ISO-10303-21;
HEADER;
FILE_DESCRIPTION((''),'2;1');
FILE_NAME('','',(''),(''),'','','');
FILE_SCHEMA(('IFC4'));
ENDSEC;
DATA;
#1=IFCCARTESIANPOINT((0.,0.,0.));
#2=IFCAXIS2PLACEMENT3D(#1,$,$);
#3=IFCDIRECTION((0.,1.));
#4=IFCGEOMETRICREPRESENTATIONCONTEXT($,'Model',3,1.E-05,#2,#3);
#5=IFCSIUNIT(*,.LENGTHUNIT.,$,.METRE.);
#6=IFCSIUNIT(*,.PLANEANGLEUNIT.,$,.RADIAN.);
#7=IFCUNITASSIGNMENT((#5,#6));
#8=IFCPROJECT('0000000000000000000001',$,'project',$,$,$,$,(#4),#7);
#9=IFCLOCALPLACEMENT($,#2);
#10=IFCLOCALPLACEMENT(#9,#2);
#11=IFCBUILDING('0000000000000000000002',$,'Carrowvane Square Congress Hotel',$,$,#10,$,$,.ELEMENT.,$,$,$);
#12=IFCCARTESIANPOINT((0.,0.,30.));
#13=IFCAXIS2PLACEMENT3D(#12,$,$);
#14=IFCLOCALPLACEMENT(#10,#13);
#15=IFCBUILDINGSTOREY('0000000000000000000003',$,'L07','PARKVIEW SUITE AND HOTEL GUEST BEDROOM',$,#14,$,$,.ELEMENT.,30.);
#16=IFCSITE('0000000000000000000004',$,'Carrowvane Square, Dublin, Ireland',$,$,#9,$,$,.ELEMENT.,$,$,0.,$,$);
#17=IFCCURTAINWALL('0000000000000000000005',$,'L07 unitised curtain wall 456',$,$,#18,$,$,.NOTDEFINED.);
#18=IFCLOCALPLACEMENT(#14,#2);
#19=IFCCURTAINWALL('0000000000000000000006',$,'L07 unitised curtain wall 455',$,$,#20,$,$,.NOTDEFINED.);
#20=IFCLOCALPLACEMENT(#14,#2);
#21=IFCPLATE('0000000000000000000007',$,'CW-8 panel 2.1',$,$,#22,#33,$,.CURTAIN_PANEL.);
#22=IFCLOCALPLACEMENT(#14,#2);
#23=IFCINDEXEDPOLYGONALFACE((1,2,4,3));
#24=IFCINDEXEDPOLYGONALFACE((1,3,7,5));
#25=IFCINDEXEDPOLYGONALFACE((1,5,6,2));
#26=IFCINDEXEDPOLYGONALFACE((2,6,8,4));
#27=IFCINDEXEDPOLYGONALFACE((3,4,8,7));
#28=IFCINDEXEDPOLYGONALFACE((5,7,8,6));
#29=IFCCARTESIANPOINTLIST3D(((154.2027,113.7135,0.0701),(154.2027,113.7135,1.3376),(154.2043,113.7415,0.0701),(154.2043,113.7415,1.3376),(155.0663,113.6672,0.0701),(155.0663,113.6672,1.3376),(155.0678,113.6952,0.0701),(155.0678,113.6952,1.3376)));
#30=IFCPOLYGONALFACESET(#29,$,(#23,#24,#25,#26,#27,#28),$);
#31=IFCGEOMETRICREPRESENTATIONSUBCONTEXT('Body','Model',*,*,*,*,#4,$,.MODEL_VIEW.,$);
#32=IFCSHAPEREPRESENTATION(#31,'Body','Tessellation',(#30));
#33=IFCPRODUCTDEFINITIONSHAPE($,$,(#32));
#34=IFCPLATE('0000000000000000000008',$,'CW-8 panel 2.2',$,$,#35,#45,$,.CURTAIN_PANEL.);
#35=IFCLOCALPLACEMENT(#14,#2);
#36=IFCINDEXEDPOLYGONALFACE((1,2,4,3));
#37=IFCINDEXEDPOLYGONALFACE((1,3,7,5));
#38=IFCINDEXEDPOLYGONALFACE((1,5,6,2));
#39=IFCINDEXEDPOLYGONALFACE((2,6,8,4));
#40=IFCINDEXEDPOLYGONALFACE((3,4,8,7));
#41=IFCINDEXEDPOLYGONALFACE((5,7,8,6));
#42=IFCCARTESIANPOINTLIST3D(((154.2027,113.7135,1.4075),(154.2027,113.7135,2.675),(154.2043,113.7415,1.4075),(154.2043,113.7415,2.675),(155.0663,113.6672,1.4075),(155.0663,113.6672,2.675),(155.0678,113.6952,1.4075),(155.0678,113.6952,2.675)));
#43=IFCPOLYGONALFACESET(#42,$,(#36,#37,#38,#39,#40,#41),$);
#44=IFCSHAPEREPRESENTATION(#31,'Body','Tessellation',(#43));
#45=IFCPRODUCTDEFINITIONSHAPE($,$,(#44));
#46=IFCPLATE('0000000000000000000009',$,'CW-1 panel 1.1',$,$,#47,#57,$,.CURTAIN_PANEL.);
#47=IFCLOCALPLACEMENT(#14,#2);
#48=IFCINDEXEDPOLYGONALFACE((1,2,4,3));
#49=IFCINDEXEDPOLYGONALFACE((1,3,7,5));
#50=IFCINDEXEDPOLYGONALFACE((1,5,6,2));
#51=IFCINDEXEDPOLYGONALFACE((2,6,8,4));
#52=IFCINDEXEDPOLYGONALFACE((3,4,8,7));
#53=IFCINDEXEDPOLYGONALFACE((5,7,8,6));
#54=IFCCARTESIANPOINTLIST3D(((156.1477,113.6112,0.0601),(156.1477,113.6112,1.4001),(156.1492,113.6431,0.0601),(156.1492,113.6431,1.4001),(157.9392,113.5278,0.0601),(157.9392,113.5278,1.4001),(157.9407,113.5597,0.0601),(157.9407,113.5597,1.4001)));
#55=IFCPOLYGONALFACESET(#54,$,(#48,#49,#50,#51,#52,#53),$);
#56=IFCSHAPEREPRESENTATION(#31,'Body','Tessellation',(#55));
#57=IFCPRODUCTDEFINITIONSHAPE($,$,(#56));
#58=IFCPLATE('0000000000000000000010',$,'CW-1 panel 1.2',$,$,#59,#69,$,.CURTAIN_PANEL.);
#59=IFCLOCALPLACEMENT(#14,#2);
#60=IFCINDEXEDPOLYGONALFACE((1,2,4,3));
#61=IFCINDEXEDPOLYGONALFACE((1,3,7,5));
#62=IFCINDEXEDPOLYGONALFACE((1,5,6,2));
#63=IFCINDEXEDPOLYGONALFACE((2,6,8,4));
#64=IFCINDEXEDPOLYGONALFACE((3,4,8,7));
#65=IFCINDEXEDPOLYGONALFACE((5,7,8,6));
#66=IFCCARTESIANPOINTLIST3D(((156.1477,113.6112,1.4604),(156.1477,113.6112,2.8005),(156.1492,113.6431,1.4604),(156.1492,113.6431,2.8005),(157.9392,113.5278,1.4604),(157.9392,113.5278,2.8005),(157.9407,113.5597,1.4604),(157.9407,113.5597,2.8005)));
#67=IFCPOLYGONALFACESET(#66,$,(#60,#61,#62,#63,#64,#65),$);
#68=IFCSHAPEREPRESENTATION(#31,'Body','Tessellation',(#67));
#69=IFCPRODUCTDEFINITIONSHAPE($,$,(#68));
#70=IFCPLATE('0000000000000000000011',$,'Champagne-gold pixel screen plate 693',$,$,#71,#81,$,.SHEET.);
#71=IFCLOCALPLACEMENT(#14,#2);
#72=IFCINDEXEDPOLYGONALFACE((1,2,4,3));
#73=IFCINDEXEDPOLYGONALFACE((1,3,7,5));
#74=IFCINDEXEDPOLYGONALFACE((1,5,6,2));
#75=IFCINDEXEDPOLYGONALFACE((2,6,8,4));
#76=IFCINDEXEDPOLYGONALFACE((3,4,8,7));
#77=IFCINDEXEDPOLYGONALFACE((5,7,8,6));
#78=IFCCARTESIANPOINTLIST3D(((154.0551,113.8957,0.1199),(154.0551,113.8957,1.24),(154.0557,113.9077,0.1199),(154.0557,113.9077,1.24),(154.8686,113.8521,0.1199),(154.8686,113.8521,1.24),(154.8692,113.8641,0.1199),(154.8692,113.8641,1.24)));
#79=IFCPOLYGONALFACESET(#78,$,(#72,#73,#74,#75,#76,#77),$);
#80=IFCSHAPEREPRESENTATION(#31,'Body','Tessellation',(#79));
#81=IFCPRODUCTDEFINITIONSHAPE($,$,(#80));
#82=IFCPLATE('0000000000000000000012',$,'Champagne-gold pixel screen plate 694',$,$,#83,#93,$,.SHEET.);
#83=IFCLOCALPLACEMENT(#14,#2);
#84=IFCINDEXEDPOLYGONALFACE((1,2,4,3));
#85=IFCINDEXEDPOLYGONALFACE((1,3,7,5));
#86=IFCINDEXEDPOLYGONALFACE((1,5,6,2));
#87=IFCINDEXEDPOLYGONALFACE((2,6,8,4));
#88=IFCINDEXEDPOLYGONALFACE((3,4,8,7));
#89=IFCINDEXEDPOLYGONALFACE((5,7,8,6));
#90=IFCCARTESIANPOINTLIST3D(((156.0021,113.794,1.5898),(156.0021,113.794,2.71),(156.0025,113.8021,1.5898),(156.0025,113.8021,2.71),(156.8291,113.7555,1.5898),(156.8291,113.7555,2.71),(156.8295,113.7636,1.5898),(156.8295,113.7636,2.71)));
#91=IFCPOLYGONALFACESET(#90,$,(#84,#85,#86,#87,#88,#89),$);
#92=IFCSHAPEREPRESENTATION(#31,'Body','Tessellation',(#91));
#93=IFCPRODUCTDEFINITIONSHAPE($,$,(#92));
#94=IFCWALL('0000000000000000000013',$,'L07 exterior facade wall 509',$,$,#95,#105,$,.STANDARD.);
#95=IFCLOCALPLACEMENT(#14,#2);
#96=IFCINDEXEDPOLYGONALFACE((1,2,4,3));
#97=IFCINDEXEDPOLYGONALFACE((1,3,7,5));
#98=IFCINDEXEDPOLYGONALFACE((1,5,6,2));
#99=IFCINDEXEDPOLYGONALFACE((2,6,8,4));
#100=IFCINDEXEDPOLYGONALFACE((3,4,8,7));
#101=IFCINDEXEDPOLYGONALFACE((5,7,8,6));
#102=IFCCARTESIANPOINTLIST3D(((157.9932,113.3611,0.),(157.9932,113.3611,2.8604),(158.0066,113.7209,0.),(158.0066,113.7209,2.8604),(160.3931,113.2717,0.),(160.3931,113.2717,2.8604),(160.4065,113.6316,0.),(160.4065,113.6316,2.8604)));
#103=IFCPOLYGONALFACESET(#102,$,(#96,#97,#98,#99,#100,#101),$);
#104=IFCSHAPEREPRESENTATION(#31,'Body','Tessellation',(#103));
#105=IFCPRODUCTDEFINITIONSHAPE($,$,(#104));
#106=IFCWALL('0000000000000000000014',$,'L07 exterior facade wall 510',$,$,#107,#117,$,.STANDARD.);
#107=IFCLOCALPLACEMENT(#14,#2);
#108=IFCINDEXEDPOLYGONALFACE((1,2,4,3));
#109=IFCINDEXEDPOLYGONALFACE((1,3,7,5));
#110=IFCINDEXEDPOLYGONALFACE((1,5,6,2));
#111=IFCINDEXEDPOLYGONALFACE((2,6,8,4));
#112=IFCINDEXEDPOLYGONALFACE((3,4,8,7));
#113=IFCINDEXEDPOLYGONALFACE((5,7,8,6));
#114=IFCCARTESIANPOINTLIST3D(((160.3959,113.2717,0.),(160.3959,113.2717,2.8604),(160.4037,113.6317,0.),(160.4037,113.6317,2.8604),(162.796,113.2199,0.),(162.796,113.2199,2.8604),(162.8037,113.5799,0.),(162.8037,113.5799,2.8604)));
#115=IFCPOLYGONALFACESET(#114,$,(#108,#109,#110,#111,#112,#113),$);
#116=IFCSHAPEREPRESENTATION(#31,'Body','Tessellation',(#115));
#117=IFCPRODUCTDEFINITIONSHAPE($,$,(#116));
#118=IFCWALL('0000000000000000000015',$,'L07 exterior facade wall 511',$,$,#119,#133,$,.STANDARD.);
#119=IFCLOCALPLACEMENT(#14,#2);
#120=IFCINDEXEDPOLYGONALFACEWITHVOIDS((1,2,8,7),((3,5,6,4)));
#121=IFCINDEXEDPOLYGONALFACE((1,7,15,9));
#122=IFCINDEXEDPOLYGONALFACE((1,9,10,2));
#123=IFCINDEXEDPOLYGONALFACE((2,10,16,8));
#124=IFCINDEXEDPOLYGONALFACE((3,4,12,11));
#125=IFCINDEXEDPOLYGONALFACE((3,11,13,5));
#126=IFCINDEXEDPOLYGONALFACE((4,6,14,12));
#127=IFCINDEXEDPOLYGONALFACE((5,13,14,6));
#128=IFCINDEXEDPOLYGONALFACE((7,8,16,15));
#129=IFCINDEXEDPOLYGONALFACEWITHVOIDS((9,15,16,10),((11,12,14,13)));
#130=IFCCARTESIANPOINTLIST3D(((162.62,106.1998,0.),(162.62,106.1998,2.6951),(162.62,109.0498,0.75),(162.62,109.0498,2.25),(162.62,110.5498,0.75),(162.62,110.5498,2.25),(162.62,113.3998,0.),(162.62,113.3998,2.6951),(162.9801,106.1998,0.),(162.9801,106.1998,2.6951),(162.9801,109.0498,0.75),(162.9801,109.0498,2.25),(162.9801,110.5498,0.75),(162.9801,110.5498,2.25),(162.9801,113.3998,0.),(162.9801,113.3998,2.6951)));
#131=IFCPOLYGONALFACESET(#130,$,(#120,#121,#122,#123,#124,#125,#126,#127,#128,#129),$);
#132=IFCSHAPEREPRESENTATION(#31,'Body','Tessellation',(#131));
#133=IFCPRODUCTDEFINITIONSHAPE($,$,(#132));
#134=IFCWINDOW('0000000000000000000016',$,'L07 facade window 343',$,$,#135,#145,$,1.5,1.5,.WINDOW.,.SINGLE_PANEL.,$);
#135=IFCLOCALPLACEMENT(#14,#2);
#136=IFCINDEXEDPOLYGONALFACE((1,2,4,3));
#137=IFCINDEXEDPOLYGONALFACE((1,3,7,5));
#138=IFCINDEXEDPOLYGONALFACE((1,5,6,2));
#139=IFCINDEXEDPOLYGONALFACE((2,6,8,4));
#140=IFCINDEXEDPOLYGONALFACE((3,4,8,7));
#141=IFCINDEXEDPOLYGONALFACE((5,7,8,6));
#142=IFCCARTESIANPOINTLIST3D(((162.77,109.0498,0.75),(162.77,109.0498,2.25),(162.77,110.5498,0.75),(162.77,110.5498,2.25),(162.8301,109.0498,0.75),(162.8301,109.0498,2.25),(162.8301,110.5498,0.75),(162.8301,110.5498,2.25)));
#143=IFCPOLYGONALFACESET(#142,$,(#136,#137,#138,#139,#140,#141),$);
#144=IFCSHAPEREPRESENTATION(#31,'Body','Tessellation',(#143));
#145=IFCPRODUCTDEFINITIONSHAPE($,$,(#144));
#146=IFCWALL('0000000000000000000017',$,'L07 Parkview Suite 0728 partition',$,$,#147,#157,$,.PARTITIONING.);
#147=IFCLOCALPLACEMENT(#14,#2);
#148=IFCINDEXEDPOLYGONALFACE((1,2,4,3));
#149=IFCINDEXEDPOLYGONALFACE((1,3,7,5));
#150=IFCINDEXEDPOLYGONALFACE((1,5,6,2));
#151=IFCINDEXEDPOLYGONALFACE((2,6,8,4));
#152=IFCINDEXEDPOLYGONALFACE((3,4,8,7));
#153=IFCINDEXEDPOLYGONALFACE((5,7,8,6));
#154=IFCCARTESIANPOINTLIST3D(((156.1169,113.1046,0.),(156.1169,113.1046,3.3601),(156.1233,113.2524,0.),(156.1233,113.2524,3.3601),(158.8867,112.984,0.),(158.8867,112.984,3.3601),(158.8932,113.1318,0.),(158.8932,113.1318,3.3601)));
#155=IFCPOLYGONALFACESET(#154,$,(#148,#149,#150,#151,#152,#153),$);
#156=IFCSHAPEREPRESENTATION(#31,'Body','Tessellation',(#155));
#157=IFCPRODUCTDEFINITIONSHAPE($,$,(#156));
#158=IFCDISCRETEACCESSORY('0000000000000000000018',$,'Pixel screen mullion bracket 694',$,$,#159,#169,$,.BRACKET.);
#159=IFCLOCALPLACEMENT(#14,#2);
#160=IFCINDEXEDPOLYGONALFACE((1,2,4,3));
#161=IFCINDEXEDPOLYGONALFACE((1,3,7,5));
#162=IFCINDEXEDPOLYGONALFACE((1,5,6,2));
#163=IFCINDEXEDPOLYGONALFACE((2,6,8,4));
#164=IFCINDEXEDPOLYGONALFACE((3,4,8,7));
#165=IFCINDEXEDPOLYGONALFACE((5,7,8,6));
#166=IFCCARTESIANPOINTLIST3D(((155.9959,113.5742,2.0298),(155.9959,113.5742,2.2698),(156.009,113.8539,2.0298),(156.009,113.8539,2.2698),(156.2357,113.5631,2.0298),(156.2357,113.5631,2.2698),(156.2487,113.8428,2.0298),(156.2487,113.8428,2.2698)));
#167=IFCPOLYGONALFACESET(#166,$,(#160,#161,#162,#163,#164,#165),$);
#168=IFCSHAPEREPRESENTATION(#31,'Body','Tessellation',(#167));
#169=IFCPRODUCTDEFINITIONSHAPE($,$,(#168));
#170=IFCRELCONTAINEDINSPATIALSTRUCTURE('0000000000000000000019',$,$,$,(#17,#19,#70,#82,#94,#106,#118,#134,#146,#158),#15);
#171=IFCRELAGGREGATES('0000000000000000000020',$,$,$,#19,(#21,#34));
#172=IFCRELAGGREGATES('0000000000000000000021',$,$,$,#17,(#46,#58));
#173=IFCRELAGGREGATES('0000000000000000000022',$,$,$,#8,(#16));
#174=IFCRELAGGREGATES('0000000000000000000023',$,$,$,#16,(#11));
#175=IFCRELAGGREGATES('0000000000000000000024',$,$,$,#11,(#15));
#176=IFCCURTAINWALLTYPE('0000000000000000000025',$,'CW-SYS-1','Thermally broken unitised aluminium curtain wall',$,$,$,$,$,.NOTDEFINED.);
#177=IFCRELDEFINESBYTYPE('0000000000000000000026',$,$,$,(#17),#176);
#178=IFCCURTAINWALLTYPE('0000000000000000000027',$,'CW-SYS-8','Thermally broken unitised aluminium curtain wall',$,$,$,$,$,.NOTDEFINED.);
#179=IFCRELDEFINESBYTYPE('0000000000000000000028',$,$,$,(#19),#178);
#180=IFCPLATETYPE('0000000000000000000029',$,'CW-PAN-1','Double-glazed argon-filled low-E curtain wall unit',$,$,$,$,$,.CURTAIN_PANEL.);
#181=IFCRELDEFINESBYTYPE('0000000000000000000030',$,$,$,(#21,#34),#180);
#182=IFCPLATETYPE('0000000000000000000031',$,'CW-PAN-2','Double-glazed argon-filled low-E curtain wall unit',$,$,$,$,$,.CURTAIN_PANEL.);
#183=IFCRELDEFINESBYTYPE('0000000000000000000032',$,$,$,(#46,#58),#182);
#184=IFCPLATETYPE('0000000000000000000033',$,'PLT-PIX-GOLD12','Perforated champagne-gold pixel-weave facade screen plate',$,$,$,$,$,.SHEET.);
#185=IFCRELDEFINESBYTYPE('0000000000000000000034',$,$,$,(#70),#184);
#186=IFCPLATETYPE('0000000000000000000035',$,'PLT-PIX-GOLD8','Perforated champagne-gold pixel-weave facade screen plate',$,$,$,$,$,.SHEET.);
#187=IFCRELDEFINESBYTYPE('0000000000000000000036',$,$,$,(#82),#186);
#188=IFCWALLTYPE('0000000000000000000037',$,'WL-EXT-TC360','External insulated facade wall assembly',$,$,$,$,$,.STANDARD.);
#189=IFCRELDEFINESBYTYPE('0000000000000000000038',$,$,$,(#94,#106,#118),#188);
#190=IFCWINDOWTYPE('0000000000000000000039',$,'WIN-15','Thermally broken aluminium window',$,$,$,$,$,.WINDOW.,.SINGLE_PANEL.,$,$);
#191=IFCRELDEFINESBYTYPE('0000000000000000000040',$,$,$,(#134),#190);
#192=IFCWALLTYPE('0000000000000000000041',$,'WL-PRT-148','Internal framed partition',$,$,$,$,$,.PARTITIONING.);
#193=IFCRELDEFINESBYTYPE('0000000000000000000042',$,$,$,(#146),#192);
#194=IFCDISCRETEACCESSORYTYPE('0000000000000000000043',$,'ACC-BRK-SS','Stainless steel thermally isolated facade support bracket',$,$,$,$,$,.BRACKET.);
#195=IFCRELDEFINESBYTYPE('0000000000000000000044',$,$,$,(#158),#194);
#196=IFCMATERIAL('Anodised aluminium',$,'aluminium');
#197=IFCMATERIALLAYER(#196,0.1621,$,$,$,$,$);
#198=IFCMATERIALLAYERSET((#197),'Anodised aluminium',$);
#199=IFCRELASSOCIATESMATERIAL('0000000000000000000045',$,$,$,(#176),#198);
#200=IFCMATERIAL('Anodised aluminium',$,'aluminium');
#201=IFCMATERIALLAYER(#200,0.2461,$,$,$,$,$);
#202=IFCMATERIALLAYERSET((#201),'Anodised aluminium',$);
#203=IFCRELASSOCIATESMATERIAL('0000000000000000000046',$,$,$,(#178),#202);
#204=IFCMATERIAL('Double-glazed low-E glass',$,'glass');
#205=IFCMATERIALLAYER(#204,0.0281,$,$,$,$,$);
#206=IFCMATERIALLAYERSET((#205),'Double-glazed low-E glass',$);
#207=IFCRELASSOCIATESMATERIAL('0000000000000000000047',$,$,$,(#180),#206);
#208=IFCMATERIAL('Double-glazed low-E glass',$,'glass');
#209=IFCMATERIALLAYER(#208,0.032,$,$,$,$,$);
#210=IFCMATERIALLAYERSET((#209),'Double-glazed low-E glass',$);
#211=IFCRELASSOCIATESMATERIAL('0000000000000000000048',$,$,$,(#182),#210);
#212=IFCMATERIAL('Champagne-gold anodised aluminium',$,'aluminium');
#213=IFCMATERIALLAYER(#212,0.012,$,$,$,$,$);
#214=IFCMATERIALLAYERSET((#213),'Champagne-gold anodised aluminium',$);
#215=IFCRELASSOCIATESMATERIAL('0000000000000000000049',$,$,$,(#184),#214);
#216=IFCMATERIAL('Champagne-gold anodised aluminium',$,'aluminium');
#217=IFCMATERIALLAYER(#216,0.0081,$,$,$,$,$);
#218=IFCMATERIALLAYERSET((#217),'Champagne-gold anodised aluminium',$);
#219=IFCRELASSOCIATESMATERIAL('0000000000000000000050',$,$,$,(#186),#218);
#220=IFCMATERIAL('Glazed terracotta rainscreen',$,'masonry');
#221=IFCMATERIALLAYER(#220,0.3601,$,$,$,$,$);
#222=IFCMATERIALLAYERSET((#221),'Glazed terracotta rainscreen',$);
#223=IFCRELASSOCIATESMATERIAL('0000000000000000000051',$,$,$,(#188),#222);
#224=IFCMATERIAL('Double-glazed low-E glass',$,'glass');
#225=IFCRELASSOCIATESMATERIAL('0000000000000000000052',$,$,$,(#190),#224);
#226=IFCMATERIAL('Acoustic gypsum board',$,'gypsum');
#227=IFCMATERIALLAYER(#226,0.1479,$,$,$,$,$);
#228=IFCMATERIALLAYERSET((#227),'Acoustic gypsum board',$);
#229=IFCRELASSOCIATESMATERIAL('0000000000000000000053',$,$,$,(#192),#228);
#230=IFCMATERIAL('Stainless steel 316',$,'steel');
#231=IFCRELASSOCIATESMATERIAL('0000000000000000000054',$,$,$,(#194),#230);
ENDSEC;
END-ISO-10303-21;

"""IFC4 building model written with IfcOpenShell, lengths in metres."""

from ifc_helpers import new_model, si_unit, direction, frame, frame_2d, origin, origin_2d, place, context, subcontext, project, spatial, rectangle, extrude, material, layer, layer_set, type_object, element, fill, aggregate, save


model = new_model("IFC4")

# Units and contexts
model_context = context("Model", 3, precision=1e-05, world=origin(), true_north=direction((0.0, 1.0)))
body_context = subcontext(model_context, "Body", "Model", "MODEL_VIEW")
ifc_project = project(units=[si_unit("LENGTHUNIT", "METRE"), si_unit("PLANEANGLEUNIT", "RADIAN")], contexts=[model_context])

# Site, building, storey
site_placement = place(None, origin())
site = spatial("IfcSite", under=ifc_project, at=site_placement, Name="Carrowvane Square, Dublin, Ireland", CompositionType="ELEMENT", RefElevation=0.0)
building_placement = place(site_placement, origin())
building = spatial("IfcBuilding", under=site, at=building_placement, Name="Carrowvane Square Congress Hotel", CompositionType="ELEMENT")
storey_placement = place(building_placement, frame((0.0, 0.0, 30.0)))
storey = spatial("IfcBuildingStorey", under=building, at=storey_placement, Name="L07", Description="PARKVIEW SUITE AND HOTEL GUEST BEDROOM", CompositionType="ELEMENT", Elevation=30.0)

# Curtain wall
ifc_material_1 = material(Name="Anodised aluminium", Category="aluminium")
ifc_layer_1 = layer(ifc_material_1, 0.1621)
ifc_layer_set_1 = layer_set([ifc_layer_1], Name="Anodised aluminium")
curtain_wall_type_1 = type_object("IfcCurtainWallType", Name="CW-SYS-1", Description="Thermally broken unitised aluminium curtain wall", PredefinedType="NOTDEFINED", material=ifc_layer_set_1)
curtain_wall_1_placement = place(storey_placement, origin())
curtain_wall_1 = element("IfcCurtainWall", 1, at=curtain_wall_1_placement, inside=storey, type_object=curtain_wall_type_1, Name="L07 unitised curtain wall 456", PredefinedType="NOTDEFINED")

# Curtain wall
ifc_material_2 = material(Name="Anodised aluminium", Category="aluminium")
ifc_layer_2 = layer(ifc_material_2, 0.2461)
ifc_layer_set_2 = layer_set([ifc_layer_2], Name="Anodised aluminium")
curtain_wall_type_2 = type_object("IfcCurtainWallType", Name="CW-SYS-8", Description="Thermally broken unitised aluminium curtain wall", PredefinedType="NOTDEFINED", material=ifc_layer_set_2)
curtain_wall_2_placement = place(storey_placement, origin())
curtain_wall_2 = element("IfcCurtainWall", 2, at=curtain_wall_2_placement, inside=storey, type_object=curtain_wall_type_2, Name="L07 unitised curtain wall 455", PredefinedType="NOTDEFINED")

# Plates
ifc_material_3 = material(Name="Double-glazed low-E glass", Category="glass")
ifc_layer_3 = layer(ifc_material_3, 0.0281)
ifc_layer_set_3 = layer_set([ifc_layer_3], Name="Double-glazed low-E glass")
plate_type_1 = type_object("IfcPlateType", Name="CW-PAN-1", Description="Double-glazed argon-filled low-E curtain wall unit", PredefinedType="CURTAIN_PANEL", material=ifc_layer_set_3)
plate_1_placement = place(storey_placement, frame((154.6353, 113.7043, 0.0701), z_axis=(0.0, 0.0, 1.0), x_axis=(0.998567, -0.053516, 0.0)))
plate_1 = element("IfcPlate", 3, at=plate_1_placement, type_object=plate_type_1, Name="CW-8 panel 2.1", PredefinedType="CURTAIN_PANEL", context=body_context, shape_type="SweptSolid", body=[
    extrude(rectangle(XDim=0.8647, YDim=0.0281, at=origin_2d()), origin(), (0.0, 0.0, 1.0), 1.2676),
])
plate_2_placement = place(storey_placement, frame((154.6353, 113.7043, 1.4075), z_axis=(0.0, 0.0, 1.0), x_axis=(0.998567, -0.053516, 0.0)))
plate_2 = element("IfcPlate", 4, at=plate_2_placement, type_object=plate_type_1, Name="CW-8 panel 2.2", PredefinedType="CURTAIN_PANEL", context=body_context, shape_type="SweptSolid", body=[
    extrude(rectangle(XDim=0.8647, YDim=0.0281, at=origin_2d()), origin(), (0.0, 0.0, 1.0), 1.2676),
])
aggregate(curtain_wall_2, [plate_1, plate_2])
ifc_material_4 = material(Name="Double-glazed low-E glass", Category="glass")
ifc_layer_4 = layer(ifc_material_4, 0.032)
ifc_layer_set_4 = layer_set([ifc_layer_4], Name="Double-glazed low-E glass")
plate_type_2 = type_object("IfcPlateType", Name="CW-PAN-2", Description="Double-glazed argon-filled low-E curtain wall unit", PredefinedType="CURTAIN_PANEL", material=ifc_layer_set_4)
plate_3_placement = place(storey_placement, frame((157.0442, 113.5854, 0.0601), z_axis=(0.0, 0.0, 1.0), x_axis=(0.998917, -0.046522, 0.0)))
plate_3 = element("IfcPlate", 5, at=plate_3_placement, type_object=plate_type_2, Name="CW-1 panel 1.1", PredefinedType="CURTAIN_PANEL", context=body_context, shape_type="SweptSolid", body=[
    extrude(rectangle(XDim=1.7935, YDim=0.032, at=origin_2d()), origin(), (0.0, 0.0, 1.0), 1.3401),
])
plate_4_placement = place(storey_placement, frame((157.0442, 113.5854, 1.4604), z_axis=(0.0, 0.0, 1.0), x_axis=(0.998917, -0.046522, 0.0)))
plate_4 = element("IfcPlate", 6, at=plate_4_placement, type_object=plate_type_2, Name="CW-1 panel 1.2", PredefinedType="CURTAIN_PANEL", context=body_context, shape_type="SweptSolid", body=[
    extrude(rectangle(XDim=1.7935, YDim=0.032, at=origin_2d()), origin(), (0.0, 0.0, 1.0), 1.3401),
])
aggregate(curtain_wall_1, [plate_3, plate_4])

# Plates
ifc_material_5 = material(Name="Champagne-gold anodised aluminium", Category="aluminium")
ifc_layer_5 = layer(ifc_material_5, 0.012)
ifc_layer_set_5 = layer_set([ifc_layer_5], Name="Champagne-gold anodised aluminium")
plate_type_3 = type_object("IfcPlateType", Name="PLT-PIX-GOLD12", Description="Perforated champagne-gold pixel-weave facade screen plate", PredefinedType="SHEET", material=ifc_layer_set_5)
plate_5_placement = place(storey_placement, frame((154.4622, 113.8799, 0.1199), z_axis=(0.0, 0.0, 1.0), x_axis=(0.998567, -0.053517, 0.0)))
element("IfcPlate", 7, at=plate_5_placement, inside=storey, type_object=plate_type_3, Name="Champagne-gold pixel screen plate 693", PredefinedType="SHEET", context=body_context, shape_type="SweptSolid", body=[
    extrude(rectangle(XDim=0.8147, YDim=0.012, at=origin_2d()), origin(), (0.0, 0.0, 1.0), 1.1201),
])
ifc_material_6 = material(Name="Champagne-gold anodised aluminium", Category="aluminium")
ifc_layer_6 = layer(ifc_material_6, 0.0081)
ifc_layer_set_6 = layer_set([ifc_layer_6], Name="Champagne-gold anodised aluminium")
plate_type_4 = type_object("IfcPlateType", Name="PLT-PIX-GOLD8", Description="Perforated champagne-gold pixel-weave facade screen plate", PredefinedType="SHEET", material=ifc_layer_set_6)
plate_6_placement = place(storey_placement, frame((156.4158, 113.7788, 1.5898), z_axis=(0.0, 0.0, 1.0), x_axis=(0.998917, -0.046521, 0.0)))
element("IfcPlate", 8, at=plate_6_placement, inside=storey, type_object=plate_type_4, Name="Champagne-gold pixel screen plate 694", PredefinedType="SHEET", context=body_context, shape_type="SweptSolid", body=[
    extrude(rectangle(XDim=0.8279, YDim=0.0081, at=origin_2d()), origin(), (0.0, 0.0, 1.0), 1.1201),
])

# Walls
ifc_material_7 = material(Name="Glazed terracotta rainscreen", Category="masonry")
ifc_layer_7 = layer(ifc_material_7, 0.3601)
ifc_layer_set_7 = layer_set([ifc_layer_7], Name="Glazed terracotta rainscreen")
wall_type_1 = type_object("IfcWallType", Name="WL-EXT-TC360", Description="External insulated facade wall assembly", PredefinedType="STANDARD", material=ifc_layer_set_7)
wall_1_placement = place(storey_placement, frame((158.0, 113.541, 0.0), z_axis=(0.0, 0.0, 1.0), x_axis=(0.999308, -0.037207, 0.0)))
element("IfcWall", 9, at=wall_1_placement, inside=storey, type_object=wall_type_1, Name="L07 exterior facade wall 509", PredefinedType="STANDARD", context=body_context, shape_type="SweptSolid", body=[
    extrude(rectangle(XDim=2.4016, YDim=0.3601, at=frame_2d((1.2007, 0.0))), origin(), (0.0, 0.0, 1.0), 2.8604),
])
wall_2_placement = place(storey_placement, frame((160.3999, 113.4517, 0.0), z_axis=(0.0, 0.0, 1.0), x_axis=(0.999768, -0.021559, 0.0)))
element("IfcWall", 10, at=wall_2_placement, inside=storey, type_object=wall_type_1, Name="L07 exterior facade wall 510", PredefinedType="STANDARD", context=body_context, shape_type="SweptSolid", body=[
    extrude(rectangle(XDim=2.4006, YDim=0.3601, at=frame_2d((1.2002, 0.0))), origin(), (0.0, 0.0, 1.0), 2.8604),
])

# Wall, opening, window
wall_3_placement = place(storey_placement, frame((162.8, 113.3999, 0.0), z_axis=(0.0, 0.0, 1.0), x_axis=(0.0, -1.0, 0.0)))
wall_3 = element("IfcWall", 11, at=wall_3_placement, inside=storey, type_object=wall_type_1, Name="L07 exterior facade wall 511", PredefinedType="STANDARD", context=body_context, shape_type="SweptSolid", body=[
    extrude(rectangle(XDim=7.2, YDim=0.3601, at=frame_2d((3.6001, 0.0))), origin(), (0.0, 0.0, 1.0), 2.6951),
])
opening_placement = place(wall_3_placement, frame((2.8501, 0.0, 0.75)))
opening = element("IfcOpeningElement", 12, at=opening_placement, cuts=wall_3, PredefinedType="OPENING", context=body_context, shape_type="SweptSolid", body=[
    extrude(rectangle(XDim=1.5, YDim=1.5, at=frame_2d((0.75, 0.75))), frame((0.0, 0.1899, 0.0), z_axis=(0.0, -1.0, 0.0), x_axis=(1.0, 0.0, 0.0)), (0.0, 0.0, 1.0), 0.3801),
])
ifc_material_8 = material(Name="Double-glazed low-E glass", Category="glass")
window_type = type_object("IfcWindowType", Name="WIN-15", Description="Thermally broken aluminium window", PartitioningType="SINGLE_PANEL", PredefinedType="WINDOW", material=ifc_material_8)
window_placement = place(opening_placement, origin())
window = element("IfcWindow", 13, at=window_placement, inside=storey, type_object=window_type, Name="L07 facade window 343", OverallHeight=1.5, OverallWidth=1.5, PartitioningType="SINGLE_PANEL", PredefinedType="WINDOW", context=body_context, shape_type="SweptSolid", body=[
    extrude(rectangle(XDim=1.5, YDim=1.5, at=frame_2d((0.75, 0.75))), frame((0.0, 0.03, 0.0), z_axis=(0.0, -1.0, 0.0), x_axis=(1.0, 0.0, 0.0)), (0.0, 0.0, 1.0), 0.0601),
])
fill(opening, window)

# Wall
ifc_material_9 = material(Name="Acoustic gypsum board", Category="gypsum")
ifc_layer_8 = layer(ifc_material_9, 0.1479)
ifc_layer_set_8 = layer_set([ifc_layer_8], Name="Acoustic gypsum board")
wall_type_2 = type_object("IfcWallType", Name="WL-PRT-148", Description="Internal framed partition", PredefinedType="PARTITIONING", material=ifc_layer_set_8)
wall_4_placement = place(storey_placement, frame((156.1201, 113.1785, 0.0), z_axis=(0.0, 0.0, 1.0), x_axis=(0.999053, -0.043502, 0.0)))
element("IfcWall", 14, at=wall_4_placement, inside=storey, type_object=wall_type_2, Name="L07 Parkview Suite 0728 partition", PredefinedType="PARTITIONING", context=body_context, shape_type="SweptSolid", body=[
    extrude(rectangle(XDim=2.7725, YDim=0.1479, at=frame_2d((1.3862, 0.0))), origin(), (0.0, 0.0, 1.0), 3.3601),
])

# Discrete accessory
ifc_material_10 = material(Name="Stainless steel 316", Category="steel")
discrete_accessory_type = type_object("IfcDiscreteAccessoryType", Name="ACC-BRK-SS", Description="Stainless steel thermally isolated facade support bracket", PredefinedType="BRACKET", material=ifc_material_10)
discrete_accessory_placement = place(storey_placement, frame((156.1223, 113.7085, 2.0298), z_axis=(0.0, 0.0, 1.0), x_axis=(0.998917, -0.046521, 0.0)))
element("IfcDiscreteAccessory", 15, at=discrete_accessory_placement, inside=storey, type_object=discrete_accessory_type, Name="Pixel screen mullion bracket 694", PredefinedType="BRACKET", context=body_context, shape_type="SweptSolid", body=[
    extrude(rectangle(XDim=0.24, YDim=0.28, at=origin_2d()), origin(), (0.0, 0.0, 1.0), 0.24),
])

save(model, "model.ifc")
